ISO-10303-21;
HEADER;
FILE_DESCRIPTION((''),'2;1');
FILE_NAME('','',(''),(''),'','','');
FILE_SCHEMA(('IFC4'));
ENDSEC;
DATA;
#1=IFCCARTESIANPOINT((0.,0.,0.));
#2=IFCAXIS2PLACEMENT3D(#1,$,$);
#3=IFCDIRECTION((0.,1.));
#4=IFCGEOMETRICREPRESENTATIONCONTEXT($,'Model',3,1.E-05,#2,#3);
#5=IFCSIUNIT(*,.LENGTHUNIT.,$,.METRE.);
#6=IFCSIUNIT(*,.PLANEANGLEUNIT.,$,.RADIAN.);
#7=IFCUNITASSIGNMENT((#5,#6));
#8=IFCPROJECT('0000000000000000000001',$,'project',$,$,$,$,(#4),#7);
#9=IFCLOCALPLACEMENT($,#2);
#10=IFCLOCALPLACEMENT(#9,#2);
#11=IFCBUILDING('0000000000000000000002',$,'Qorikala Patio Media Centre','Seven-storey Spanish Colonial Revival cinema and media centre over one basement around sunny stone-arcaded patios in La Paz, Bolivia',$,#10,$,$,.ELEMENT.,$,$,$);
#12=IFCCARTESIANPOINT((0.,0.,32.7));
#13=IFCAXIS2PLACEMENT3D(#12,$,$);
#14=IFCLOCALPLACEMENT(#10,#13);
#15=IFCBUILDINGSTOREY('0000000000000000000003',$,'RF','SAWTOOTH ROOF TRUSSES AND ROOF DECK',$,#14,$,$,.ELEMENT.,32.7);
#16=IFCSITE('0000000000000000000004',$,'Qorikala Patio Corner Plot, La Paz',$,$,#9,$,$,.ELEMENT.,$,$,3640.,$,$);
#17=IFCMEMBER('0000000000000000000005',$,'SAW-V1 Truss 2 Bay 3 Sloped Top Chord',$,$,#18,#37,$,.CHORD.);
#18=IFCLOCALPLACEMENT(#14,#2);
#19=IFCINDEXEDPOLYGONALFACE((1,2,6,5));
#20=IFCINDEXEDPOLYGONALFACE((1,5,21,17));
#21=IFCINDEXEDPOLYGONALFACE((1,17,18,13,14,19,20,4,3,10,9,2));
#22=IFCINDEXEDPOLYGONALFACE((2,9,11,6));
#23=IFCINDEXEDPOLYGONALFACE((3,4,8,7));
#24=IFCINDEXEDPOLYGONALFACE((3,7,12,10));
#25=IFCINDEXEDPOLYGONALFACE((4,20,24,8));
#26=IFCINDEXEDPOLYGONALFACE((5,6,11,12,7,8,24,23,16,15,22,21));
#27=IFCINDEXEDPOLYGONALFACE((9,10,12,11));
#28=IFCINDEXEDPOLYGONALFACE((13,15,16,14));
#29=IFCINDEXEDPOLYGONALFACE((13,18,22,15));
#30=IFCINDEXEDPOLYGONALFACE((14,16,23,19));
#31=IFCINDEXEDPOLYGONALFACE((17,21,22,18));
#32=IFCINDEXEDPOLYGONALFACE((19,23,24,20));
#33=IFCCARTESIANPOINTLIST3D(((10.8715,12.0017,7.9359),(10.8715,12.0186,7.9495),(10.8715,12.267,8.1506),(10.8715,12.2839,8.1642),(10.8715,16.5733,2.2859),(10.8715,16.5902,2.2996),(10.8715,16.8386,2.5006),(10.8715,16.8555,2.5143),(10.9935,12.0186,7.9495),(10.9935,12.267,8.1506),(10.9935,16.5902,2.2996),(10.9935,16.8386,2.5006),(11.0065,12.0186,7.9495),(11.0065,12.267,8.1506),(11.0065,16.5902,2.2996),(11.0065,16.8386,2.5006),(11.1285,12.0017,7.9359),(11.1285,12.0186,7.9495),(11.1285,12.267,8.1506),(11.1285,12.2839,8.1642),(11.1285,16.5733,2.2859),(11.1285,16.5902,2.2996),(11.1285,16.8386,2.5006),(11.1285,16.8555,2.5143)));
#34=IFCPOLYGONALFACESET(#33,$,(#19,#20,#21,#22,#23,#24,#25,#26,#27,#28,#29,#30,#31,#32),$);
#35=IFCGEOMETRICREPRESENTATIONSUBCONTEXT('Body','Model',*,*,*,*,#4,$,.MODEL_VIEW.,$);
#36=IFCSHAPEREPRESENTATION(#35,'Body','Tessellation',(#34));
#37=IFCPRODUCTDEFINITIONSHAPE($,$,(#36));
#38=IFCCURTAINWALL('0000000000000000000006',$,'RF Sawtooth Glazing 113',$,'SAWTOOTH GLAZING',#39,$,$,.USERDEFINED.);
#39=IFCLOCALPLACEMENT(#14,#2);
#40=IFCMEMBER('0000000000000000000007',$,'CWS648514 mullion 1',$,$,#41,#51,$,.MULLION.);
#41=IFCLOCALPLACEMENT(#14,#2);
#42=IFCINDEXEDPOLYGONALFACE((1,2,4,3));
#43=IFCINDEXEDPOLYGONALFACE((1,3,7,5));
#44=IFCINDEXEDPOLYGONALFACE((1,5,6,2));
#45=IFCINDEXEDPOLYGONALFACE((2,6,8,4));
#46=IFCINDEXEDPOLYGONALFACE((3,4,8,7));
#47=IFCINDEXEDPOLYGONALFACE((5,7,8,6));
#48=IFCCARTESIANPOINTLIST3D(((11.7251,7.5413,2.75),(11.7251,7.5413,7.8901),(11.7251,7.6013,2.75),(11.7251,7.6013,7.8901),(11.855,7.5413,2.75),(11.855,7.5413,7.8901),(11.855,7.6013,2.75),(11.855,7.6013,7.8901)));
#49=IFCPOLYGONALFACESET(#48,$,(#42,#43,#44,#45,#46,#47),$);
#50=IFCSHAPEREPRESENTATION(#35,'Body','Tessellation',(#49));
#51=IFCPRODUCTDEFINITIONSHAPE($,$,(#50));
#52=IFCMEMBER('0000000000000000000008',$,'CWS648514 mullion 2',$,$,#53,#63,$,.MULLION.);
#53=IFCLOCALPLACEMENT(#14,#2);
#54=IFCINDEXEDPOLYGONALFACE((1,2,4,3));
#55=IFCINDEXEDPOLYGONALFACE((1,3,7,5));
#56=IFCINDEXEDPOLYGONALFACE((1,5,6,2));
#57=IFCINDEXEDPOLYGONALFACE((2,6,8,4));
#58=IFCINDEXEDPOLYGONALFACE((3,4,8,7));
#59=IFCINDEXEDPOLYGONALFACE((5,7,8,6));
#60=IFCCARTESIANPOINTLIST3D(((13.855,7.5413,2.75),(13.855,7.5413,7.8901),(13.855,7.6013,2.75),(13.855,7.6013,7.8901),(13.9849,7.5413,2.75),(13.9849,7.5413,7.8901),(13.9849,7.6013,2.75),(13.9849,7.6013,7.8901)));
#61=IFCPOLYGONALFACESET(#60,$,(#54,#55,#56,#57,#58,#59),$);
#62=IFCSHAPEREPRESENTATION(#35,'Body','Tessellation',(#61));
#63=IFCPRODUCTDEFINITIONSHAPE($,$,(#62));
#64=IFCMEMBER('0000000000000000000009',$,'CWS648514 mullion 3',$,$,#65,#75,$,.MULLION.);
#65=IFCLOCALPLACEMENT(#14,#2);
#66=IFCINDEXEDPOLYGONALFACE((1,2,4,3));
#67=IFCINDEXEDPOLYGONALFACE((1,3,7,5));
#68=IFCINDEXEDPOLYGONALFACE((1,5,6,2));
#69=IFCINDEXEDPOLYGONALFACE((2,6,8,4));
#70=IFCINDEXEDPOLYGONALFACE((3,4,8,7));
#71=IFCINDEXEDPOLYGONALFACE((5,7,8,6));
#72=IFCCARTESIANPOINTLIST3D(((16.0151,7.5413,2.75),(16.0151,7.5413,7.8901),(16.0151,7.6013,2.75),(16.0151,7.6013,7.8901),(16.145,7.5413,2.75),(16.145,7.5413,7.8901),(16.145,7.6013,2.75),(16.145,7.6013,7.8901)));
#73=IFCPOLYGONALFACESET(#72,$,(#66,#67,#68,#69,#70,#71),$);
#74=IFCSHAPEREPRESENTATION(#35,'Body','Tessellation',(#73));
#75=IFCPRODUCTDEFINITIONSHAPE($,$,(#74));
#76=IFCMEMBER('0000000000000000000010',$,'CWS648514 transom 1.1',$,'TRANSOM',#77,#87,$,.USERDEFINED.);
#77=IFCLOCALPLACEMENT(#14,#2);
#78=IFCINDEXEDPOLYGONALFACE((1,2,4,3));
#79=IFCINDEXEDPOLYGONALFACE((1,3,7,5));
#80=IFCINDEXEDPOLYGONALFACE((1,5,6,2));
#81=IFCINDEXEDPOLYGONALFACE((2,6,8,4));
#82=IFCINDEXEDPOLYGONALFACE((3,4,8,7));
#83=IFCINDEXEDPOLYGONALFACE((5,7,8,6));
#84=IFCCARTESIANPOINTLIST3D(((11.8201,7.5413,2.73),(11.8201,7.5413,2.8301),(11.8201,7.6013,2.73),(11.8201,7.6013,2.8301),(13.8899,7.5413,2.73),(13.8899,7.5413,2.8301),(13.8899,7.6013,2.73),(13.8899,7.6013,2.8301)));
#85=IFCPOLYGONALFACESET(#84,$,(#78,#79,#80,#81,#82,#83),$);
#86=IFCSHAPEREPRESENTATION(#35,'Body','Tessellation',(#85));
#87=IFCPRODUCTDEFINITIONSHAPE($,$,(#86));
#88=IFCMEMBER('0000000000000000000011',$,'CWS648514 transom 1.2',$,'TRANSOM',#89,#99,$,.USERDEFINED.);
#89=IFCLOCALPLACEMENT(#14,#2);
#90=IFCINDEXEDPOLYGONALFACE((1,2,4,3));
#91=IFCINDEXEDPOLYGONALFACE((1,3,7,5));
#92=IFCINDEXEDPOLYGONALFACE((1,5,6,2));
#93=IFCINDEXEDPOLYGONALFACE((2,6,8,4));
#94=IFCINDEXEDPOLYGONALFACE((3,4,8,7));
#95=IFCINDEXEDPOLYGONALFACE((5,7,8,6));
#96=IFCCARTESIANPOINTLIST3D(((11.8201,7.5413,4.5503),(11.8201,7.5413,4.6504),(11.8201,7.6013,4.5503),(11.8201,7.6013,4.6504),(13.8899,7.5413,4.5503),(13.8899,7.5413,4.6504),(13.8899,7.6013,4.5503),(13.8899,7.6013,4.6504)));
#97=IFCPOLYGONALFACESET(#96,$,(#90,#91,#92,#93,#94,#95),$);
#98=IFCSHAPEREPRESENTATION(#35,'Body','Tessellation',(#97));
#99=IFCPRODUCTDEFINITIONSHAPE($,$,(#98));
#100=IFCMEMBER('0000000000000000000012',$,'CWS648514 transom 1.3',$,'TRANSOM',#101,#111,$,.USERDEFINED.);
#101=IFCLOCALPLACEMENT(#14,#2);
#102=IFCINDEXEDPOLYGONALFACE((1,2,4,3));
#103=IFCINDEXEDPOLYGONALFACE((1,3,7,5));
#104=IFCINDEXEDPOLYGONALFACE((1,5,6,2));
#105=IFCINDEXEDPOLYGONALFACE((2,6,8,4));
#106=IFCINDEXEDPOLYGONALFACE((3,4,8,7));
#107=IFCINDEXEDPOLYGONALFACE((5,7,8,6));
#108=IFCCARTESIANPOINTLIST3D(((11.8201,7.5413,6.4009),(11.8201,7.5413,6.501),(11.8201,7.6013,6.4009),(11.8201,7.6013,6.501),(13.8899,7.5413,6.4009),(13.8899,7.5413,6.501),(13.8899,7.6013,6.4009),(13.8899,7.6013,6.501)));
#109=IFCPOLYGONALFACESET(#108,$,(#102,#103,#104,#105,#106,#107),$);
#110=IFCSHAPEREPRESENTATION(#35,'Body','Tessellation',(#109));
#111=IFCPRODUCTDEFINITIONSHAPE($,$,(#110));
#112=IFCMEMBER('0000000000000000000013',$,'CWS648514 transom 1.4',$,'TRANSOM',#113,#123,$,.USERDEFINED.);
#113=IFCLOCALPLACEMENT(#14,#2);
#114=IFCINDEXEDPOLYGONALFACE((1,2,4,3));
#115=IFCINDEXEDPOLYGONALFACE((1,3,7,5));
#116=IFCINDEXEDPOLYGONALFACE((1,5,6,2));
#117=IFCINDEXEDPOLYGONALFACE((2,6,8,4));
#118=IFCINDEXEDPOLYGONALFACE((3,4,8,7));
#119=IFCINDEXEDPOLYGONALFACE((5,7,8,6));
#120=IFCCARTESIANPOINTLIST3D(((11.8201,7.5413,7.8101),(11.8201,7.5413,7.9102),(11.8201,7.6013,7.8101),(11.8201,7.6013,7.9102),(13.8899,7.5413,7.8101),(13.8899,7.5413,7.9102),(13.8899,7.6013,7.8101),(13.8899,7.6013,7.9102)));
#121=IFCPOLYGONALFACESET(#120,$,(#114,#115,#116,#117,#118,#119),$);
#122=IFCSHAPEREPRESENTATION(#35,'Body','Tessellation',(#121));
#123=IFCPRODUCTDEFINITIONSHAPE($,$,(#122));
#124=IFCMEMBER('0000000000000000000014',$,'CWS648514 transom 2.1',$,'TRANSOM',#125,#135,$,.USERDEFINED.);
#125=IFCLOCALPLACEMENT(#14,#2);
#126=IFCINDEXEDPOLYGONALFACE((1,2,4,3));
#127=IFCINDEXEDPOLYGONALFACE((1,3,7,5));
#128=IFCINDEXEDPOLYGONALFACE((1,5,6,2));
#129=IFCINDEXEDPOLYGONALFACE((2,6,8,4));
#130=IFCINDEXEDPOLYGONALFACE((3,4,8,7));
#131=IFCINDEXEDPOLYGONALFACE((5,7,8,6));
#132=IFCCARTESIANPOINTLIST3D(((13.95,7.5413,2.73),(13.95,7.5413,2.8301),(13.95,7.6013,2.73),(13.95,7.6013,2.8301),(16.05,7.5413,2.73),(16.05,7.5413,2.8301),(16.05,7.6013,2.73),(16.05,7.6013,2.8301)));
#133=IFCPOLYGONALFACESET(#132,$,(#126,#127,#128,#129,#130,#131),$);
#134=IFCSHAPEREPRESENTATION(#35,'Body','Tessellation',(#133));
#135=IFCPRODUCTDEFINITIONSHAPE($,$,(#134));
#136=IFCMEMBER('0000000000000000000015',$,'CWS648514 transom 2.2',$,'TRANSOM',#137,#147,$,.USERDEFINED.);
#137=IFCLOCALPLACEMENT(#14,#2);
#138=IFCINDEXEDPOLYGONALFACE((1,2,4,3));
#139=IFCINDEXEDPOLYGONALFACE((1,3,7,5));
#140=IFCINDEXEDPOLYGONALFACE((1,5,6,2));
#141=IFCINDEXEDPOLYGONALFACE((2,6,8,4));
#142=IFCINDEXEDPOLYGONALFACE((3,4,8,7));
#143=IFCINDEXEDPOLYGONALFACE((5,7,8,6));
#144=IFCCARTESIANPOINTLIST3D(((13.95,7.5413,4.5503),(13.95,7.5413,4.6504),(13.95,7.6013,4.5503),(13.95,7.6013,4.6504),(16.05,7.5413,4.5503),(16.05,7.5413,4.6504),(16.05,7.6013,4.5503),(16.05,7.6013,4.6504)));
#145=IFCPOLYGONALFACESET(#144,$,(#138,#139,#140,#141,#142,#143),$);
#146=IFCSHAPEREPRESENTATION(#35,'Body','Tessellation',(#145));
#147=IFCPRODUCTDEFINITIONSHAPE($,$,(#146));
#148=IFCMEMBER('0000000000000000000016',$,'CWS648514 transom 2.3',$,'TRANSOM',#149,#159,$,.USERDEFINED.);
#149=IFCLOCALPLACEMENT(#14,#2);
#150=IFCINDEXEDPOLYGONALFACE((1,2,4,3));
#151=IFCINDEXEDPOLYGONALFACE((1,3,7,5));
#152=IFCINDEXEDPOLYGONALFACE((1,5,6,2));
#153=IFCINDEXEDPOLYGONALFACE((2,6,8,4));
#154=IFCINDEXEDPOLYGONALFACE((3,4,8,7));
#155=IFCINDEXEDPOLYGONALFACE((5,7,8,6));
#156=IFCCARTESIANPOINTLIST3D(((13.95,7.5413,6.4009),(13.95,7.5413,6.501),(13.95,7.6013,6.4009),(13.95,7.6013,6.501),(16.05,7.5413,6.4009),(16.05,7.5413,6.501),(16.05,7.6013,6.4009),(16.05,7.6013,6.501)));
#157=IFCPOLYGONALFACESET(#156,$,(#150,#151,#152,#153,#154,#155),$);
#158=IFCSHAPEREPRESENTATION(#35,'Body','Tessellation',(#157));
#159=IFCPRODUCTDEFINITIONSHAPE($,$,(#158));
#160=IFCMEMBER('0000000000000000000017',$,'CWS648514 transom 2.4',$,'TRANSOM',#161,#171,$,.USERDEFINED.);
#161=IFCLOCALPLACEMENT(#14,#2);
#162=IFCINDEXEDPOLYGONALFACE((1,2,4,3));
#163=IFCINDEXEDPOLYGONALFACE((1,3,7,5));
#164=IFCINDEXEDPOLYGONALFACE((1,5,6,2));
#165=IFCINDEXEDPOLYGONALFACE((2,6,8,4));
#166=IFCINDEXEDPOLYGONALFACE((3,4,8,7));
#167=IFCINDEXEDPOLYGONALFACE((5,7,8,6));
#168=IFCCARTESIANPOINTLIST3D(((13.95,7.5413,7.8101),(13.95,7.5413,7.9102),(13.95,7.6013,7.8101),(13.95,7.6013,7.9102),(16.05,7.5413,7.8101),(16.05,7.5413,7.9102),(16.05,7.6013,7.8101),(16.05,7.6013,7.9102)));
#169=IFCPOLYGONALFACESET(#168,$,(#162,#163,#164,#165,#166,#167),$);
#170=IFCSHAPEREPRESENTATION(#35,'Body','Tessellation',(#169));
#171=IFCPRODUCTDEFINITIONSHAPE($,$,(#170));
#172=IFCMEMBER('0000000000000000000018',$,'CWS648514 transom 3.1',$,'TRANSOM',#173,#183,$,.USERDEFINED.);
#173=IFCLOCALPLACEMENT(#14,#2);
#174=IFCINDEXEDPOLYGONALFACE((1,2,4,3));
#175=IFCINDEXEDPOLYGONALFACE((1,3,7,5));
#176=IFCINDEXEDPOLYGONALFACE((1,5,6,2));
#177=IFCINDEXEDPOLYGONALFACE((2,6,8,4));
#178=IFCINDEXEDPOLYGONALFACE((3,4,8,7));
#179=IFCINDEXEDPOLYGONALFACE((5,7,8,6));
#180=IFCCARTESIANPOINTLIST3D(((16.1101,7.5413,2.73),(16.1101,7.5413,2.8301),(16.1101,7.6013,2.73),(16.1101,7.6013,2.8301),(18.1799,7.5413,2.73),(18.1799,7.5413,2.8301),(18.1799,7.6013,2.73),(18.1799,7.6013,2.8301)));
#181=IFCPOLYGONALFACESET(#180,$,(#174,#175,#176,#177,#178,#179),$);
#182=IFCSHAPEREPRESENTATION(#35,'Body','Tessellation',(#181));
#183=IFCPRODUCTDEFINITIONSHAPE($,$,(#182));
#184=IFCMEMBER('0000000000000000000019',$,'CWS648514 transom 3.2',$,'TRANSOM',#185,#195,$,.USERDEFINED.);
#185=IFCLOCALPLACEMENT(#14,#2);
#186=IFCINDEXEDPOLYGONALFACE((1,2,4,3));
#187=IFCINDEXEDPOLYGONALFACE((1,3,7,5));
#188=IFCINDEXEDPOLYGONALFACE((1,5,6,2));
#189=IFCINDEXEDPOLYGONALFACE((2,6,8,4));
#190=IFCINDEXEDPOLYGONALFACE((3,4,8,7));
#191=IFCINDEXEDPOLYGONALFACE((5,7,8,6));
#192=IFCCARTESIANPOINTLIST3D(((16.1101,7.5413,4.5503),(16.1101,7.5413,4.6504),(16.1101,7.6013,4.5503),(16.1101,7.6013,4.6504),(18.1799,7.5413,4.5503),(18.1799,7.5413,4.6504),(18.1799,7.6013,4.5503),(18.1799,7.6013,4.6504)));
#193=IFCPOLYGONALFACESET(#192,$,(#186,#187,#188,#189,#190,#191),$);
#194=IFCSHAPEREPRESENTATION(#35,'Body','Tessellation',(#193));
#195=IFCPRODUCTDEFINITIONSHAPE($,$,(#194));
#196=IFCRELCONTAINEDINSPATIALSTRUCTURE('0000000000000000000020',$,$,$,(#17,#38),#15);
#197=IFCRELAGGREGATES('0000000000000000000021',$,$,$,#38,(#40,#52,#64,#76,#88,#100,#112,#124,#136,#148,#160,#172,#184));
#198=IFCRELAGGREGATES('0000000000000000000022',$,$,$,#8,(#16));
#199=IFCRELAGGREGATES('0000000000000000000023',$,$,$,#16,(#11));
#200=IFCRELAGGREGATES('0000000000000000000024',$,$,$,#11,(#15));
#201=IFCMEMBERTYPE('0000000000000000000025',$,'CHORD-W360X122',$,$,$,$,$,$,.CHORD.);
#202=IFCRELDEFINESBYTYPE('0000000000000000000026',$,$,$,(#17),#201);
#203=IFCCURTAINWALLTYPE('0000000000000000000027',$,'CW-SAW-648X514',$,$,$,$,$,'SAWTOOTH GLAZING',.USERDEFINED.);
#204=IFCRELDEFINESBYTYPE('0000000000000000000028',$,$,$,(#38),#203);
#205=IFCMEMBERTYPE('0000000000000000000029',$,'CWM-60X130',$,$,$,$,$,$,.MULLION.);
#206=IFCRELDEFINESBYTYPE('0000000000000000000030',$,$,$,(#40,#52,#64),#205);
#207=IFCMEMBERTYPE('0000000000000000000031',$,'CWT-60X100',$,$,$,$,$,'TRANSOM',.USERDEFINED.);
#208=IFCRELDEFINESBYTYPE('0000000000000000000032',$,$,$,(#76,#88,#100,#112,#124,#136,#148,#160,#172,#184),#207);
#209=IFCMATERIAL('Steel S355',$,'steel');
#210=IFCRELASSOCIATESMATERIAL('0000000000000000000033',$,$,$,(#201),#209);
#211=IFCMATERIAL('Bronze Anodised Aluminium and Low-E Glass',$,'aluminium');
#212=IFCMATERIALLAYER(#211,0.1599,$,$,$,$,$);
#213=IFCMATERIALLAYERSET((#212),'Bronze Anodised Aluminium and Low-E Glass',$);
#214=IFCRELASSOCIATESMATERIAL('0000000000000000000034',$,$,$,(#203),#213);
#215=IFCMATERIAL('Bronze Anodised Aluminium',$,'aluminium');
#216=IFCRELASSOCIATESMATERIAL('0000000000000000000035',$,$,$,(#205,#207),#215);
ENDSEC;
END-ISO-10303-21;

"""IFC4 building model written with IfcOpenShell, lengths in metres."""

from ifc_helpers import new_model, si_unit, direction, frame, origin, origin_2d, place, context, subcontext, project, spatial, rectangle, i_section, extrude, material, layer, layer_set, material_profile, profile_set, type_object, element, aggregate, save


model = new_model("IFC4")

# Units and contexts
model_context = context("Model", 3, precision=1e-05, world=origin(), true_north=direction((0.0, 1.0)))
body_context = subcontext(model_context, "Body", "Model", "MODEL_VIEW")
ifc_project = project(units=[si_unit("LENGTHUNIT", "METRE"), si_unit("PLANEANGLEUNIT", "RADIAN")], contexts=[model_context])

# Site, building, storey
site_placement = place(None, origin())
site = spatial("IfcSite", under=ifc_project, at=site_placement, Name="Qorikala Patio Corner Plot, La Paz", CompositionType="ELEMENT", RefElevation=3640.0)
building_placement = place(site_placement, origin())
building = spatial("IfcBuilding", under=site, at=building_placement, Name="Qorikala Patio Media Centre", Description="Seven-storey Spanish Colonial Revival cinema and media centre over one basement around sunny stone-arcaded patios in La Paz, Bolivia", CompositionType="ELEMENT")
storey_placement = place(building_placement, frame((0.0, 0.0, 32.7)))
storey = spatial("IfcBuildingStorey", under=building, at=storey_placement, Name="RF", Description="SAWTOOTH ROOF TRUSSES AND ROOF DECK", CompositionType="ELEMENT", Elevation=32.7)

# Member
ifc_material_1 = material(Name="Steel S355", Category="steel")
ifc_material_profile_1 = material_profile(ifc_material_1, i_section(OverallWidth=0.2571, OverallDepth=0.363, WebThickness=0.0129, FlangeThickness=0.0217, at=origin_2d()), Name="W360X122")
ifc_profile_set_1 = profile_set([ifc_material_profile_1], Name="Steel S355")
member_type_1 = type_object("IfcMemberType", Name="CHORD-W360X122", PredefinedType="CHORD", material=ifc_profile_set_1)
member_1_placement = place(storey_placement, frame((11.0, 12.1428, 8.05), z_axis=(0.0, 0.629016, -0.777393), x_axis=(-1.0, 0.0, 0.0)))
element("IfcMember", 1, at=member_1_placement, inside=storey, type_object=member_type_1, Name="SAW-V1 Truss 2 Bay 3 Sloped Top Chord", PredefinedType="CHORD", context=body_context, shape_type="SweptSolid", body=[
    extrude(i_section(OverallWidth=0.2571, OverallDepth=0.363, WebThickness=0.0129, FlangeThickness=0.0217, at=origin_2d()), origin(), (0.0, 0.0, 1.0), 7.2678),
])

# Curtain wall, members
ifc_material_2 = material(Name="Bronze Anodised Aluminium and Low-E Glass", Category="aluminium")
ifc_layer_1 = layer(ifc_material_2, 0.1599)
ifc_layer_set_1 = layer_set([ifc_layer_1], Name="Bronze Anodised Aluminium and Low-E Glass")
curtain_wall_type_1 = type_object("IfcCurtainWallType", Name="CW-SAW-648X514", ElementType="SAWTOOTH GLAZING", PredefinedType="USERDEFINED", material=ifc_layer_set_1)
curtain_wall_1_placement = place(storey_placement, origin())
curtain_wall_1 = element("IfcCurtainWall", 2, at=curtain_wall_1_placement, inside=storey, type_object=curtain_wall_type_1, Name="RF Sawtooth Glazing 113", ObjectType="SAWTOOTH GLAZING", PredefinedType="USERDEFINED")
ifc_material_3 = material(Name="Bronze Anodised Aluminium", Category="aluminium")
ifc_material_profile_2 = material_profile(ifc_material_3, rectangle(XDim=0.0601, YDim=0.1299, at=origin_2d()), Name="ALU MULLION 60x130")
ifc_profile_set_2 = profile_set([ifc_material_profile_2], Name="Bronze Anodised Aluminium")
member_type_2 = type_object("IfcMemberType", Name="CWM-60X130", PredefinedType="MULLION", material=ifc_profile_set_2)
member_2_placement = place(storey_placement, frame((11.79, 7.5713, 2.75), z_axis=(0.0, 0.0, 1.0), x_axis=(0.0, 1.0, 0.0)))
member_2 = element("IfcMember", 3, at=member_2_placement, type_object=member_type_2, Name="CWS648514 mullion 1", PredefinedType="MULLION", context=body_context, shape_type="SweptSolid", body=[
    extrude(rectangle(XDim=0.0601, YDim=0.1299, at=origin_2d()), origin(), (0.0, 0.0, 1.0), 5.1401),
])
member_3_placement = place(storey_placement, frame((13.9199, 7.5713, 2.75), z_axis=(0.0, 0.0, 1.0), x_axis=(0.0, 1.0, 0.0)))
member_3 = element("IfcMember", 4, at=member_3_placement, type_object=member_type_2, Name="CWS648514 mullion 2", PredefinedType="MULLION", context=body_context, shape_type="SweptSolid", body=[
    extrude(rectangle(XDim=0.0601, YDim=0.1299, at=origin_2d()), origin(), (0.0, 0.0, 1.0), 5.1401),
])
member_4_placement = place(storey_placement, frame((16.0801, 7.5713, 2.75), z_axis=(0.0, 0.0, 1.0), x_axis=(0.0, 1.0, 0.0)))
member_4 = element("IfcMember", 5, at=member_4_placement, type_object=member_type_2, Name="CWS648514 mullion 3", PredefinedType="MULLION", context=body_context, shape_type="SweptSolid", body=[
    extrude(rectangle(XDim=0.0601, YDim=0.1299, at=origin_2d()), origin(), (0.0, 0.0, 1.0), 5.1401),
])
ifc_material_profile_3 = material_profile(ifc_material_3, rectangle(XDim=0.0601, YDim=0.1001, at=origin_2d()), Name="ALU TRANSOM 60x100")
ifc_profile_set_3 = profile_set([ifc_material_profile_3], Name="Bronze Anodised Aluminium")
member_type_3 = type_object("IfcMemberType", Name="CWT-60X100", ElementType="TRANSOM", PredefinedType="USERDEFINED", material=ifc_profile_set_3)
member_5_placement = place(storey_placement, frame((11.8201, 7.5713, 2.78), z_axis=(1.0, 0.0, 0.0), x_axis=(0.0, 1.0, 0.0)))
member_5 = element("IfcMember", 6, at=member_5_placement, type_object=member_type_3, Name="CWS648514 transom 1.1", ObjectType="TRANSOM", PredefinedType="USERDEFINED", context=body_context, shape_type="SweptSolid", body=[
    extrude(rectangle(XDim=0.0601, YDim=0.1001, at=origin_2d()), origin(), (0.0, 0.0, 1.0), 2.0698),
])
member_6_placement = place(storey_placement, frame((11.8201, 7.5713, 4.6003), z_axis=(1.0, 0.0, 0.0), x_axis=(0.0, 1.0, 0.0)))
member_6 = element("IfcMember", 7, at=member_6_placement, type_object=member_type_3, Name="CWS648514 transom 1.2", ObjectType="TRANSOM", PredefinedType="USERDEFINED", context=body_context, shape_type="SweptSolid", body=[
    extrude(rectangle(XDim=0.0601, YDim=0.1001, at=origin_2d()), origin(), (0.0, 0.0, 1.0), 2.0698),
])
member_7_placement = place(storey_placement, frame((11.8201, 7.5713, 6.4509), z_axis=(1.0, 0.0, 0.0), x_axis=(0.0, 1.0, 0.0)))
member_7 = element("IfcMember", 8, at=member_7_placement, type_object=member_type_3, Name="CWS648514 transom 1.3", ObjectType="TRANSOM", PredefinedType="USERDEFINED", context=body_context, shape_type="SweptSolid", body=[
    extrude(rectangle(XDim=0.0601, YDim=0.1001, at=origin_2d()), origin(), (0.0, 0.0, 1.0), 2.0698),
])
member_8_placement = place(storey_placement, frame((11.8201, 7.5713, 7.8601), z_axis=(1.0, 0.0, 0.0), x_axis=(0.0, 1.0, 0.0)))
member_8 = element("IfcMember", 9, at=member_8_placement, type_object=member_type_3, Name="CWS648514 transom 1.4", ObjectType="TRANSOM", PredefinedType="USERDEFINED", context=body_context, shape_type="SweptSolid", body=[
    extrude(rectangle(XDim=0.0601, YDim=0.1001, at=origin_2d()), origin(), (0.0, 0.0, 1.0), 2.0698),
])
member_9_placement = place(storey_placement, frame((13.95, 7.5713, 2.78), z_axis=(1.0, 0.0, 0.0), x_axis=(0.0, 1.0, 0.0)))
member_9 = element("IfcMember", 10, at=member_9_placement, type_object=member_type_3, Name="CWS648514 transom 2.1", ObjectType="TRANSOM", PredefinedType="USERDEFINED", context=body_context, shape_type="SweptSolid", body=[
    extrude(rectangle(XDim=0.0601, YDim=0.1001, at=origin_2d()), origin(), (0.0, 0.0, 1.0), 2.1001),
])
member_10_placement = place(storey_placement, frame((13.95, 7.5713, 4.6003), z_axis=(1.0, 0.0, 0.0), x_axis=(0.0, 1.0, 0.0)))
member_10 = element("IfcMember", 11, at=member_10_placement, type_object=member_type_3, Name="CWS648514 transom 2.2", ObjectType="TRANSOM", PredefinedType="USERDEFINED", context=body_context, shape_type="SweptSolid", body=[
    extrude(rectangle(XDim=0.0601, YDim=0.1001, at=origin_2d()), origin(), (0.0, 0.0, 1.0), 2.1001),
])
member_11_placement = place(storey_placement, frame((13.95, 7.5713, 6.4509), z_axis=(1.0, 0.0, 0.0), x_axis=(0.0, 1.0, 0.0)))
member_11 = element("IfcMember", 12, at=member_11_placement, type_object=member_type_3, Name="CWS648514 transom 2.3", ObjectType="TRANSOM", PredefinedType="USERDEFINED", context=body_context, shape_type="SweptSolid", body=[
    extrude(rectangle(XDim=0.0601, YDim=0.1001, at=origin_2d()), origin(), (0.0, 0.0, 1.0), 2.1001),
])
member_12_placement = place(storey_placement, frame((13.95, 7.5713, 7.8601), z_axis=(1.0, 0.0, 0.0), x_axis=(0.0, 1.0, 0.0)))
member_12 = element("IfcMember", 13, at=member_12_placement, type_object=member_type_3, Name="CWS648514 transom 2.4", ObjectType="TRANSOM", PredefinedType="USERDEFINED", context=body_context, shape_type="SweptSolid", body=[
    extrude(rectangle(XDim=0.0601, YDim=0.1001, at=origin_2d()), origin(), (0.0, 0.0, 1.0), 2.1001),
])
member_13_placement = place(storey_placement, frame((16.1101, 7.5713, 2.78), z_axis=(1.0, 0.0, 0.0), x_axis=(0.0, 1.0, 0.0)))
member_13 = element("IfcMember", 14, at=member_13_placement, type_object=member_type_3, Name="CWS648514 transom 3.1", ObjectType="TRANSOM", PredefinedType="USERDEFINED", context=body_context, shape_type="SweptSolid", body=[
    extrude(rectangle(XDim=0.0601, YDim=0.1001, at=origin_2d()), origin(), (0.0, 0.0, 1.0), 2.0698),
])
member_14_placement = place(storey_placement, frame((16.1101, 7.5713, 4.6003), z_axis=(1.0, 0.0, 0.0), x_axis=(0.0, 1.0, 0.0)))
member_14 = element("IfcMember", 15, at=member_14_placement, type_object=member_type_3, Name="CWS648514 transom 3.2", ObjectType="TRANSOM", PredefinedType="USERDEFINED", context=body_context, shape_type="SweptSolid", body=[
    extrude(rectangle(XDim=0.0601, YDim=0.1001, at=origin_2d()), origin(), (0.0, 0.0, 1.0), 2.0698),
])

aggregate(curtain_wall_1, [member_2, member_3, member_4, member_5, member_6, member_7, member_8, member_9, member_10, member_11, member_12, member_13, member_14])

save(model, "model.ifc")
